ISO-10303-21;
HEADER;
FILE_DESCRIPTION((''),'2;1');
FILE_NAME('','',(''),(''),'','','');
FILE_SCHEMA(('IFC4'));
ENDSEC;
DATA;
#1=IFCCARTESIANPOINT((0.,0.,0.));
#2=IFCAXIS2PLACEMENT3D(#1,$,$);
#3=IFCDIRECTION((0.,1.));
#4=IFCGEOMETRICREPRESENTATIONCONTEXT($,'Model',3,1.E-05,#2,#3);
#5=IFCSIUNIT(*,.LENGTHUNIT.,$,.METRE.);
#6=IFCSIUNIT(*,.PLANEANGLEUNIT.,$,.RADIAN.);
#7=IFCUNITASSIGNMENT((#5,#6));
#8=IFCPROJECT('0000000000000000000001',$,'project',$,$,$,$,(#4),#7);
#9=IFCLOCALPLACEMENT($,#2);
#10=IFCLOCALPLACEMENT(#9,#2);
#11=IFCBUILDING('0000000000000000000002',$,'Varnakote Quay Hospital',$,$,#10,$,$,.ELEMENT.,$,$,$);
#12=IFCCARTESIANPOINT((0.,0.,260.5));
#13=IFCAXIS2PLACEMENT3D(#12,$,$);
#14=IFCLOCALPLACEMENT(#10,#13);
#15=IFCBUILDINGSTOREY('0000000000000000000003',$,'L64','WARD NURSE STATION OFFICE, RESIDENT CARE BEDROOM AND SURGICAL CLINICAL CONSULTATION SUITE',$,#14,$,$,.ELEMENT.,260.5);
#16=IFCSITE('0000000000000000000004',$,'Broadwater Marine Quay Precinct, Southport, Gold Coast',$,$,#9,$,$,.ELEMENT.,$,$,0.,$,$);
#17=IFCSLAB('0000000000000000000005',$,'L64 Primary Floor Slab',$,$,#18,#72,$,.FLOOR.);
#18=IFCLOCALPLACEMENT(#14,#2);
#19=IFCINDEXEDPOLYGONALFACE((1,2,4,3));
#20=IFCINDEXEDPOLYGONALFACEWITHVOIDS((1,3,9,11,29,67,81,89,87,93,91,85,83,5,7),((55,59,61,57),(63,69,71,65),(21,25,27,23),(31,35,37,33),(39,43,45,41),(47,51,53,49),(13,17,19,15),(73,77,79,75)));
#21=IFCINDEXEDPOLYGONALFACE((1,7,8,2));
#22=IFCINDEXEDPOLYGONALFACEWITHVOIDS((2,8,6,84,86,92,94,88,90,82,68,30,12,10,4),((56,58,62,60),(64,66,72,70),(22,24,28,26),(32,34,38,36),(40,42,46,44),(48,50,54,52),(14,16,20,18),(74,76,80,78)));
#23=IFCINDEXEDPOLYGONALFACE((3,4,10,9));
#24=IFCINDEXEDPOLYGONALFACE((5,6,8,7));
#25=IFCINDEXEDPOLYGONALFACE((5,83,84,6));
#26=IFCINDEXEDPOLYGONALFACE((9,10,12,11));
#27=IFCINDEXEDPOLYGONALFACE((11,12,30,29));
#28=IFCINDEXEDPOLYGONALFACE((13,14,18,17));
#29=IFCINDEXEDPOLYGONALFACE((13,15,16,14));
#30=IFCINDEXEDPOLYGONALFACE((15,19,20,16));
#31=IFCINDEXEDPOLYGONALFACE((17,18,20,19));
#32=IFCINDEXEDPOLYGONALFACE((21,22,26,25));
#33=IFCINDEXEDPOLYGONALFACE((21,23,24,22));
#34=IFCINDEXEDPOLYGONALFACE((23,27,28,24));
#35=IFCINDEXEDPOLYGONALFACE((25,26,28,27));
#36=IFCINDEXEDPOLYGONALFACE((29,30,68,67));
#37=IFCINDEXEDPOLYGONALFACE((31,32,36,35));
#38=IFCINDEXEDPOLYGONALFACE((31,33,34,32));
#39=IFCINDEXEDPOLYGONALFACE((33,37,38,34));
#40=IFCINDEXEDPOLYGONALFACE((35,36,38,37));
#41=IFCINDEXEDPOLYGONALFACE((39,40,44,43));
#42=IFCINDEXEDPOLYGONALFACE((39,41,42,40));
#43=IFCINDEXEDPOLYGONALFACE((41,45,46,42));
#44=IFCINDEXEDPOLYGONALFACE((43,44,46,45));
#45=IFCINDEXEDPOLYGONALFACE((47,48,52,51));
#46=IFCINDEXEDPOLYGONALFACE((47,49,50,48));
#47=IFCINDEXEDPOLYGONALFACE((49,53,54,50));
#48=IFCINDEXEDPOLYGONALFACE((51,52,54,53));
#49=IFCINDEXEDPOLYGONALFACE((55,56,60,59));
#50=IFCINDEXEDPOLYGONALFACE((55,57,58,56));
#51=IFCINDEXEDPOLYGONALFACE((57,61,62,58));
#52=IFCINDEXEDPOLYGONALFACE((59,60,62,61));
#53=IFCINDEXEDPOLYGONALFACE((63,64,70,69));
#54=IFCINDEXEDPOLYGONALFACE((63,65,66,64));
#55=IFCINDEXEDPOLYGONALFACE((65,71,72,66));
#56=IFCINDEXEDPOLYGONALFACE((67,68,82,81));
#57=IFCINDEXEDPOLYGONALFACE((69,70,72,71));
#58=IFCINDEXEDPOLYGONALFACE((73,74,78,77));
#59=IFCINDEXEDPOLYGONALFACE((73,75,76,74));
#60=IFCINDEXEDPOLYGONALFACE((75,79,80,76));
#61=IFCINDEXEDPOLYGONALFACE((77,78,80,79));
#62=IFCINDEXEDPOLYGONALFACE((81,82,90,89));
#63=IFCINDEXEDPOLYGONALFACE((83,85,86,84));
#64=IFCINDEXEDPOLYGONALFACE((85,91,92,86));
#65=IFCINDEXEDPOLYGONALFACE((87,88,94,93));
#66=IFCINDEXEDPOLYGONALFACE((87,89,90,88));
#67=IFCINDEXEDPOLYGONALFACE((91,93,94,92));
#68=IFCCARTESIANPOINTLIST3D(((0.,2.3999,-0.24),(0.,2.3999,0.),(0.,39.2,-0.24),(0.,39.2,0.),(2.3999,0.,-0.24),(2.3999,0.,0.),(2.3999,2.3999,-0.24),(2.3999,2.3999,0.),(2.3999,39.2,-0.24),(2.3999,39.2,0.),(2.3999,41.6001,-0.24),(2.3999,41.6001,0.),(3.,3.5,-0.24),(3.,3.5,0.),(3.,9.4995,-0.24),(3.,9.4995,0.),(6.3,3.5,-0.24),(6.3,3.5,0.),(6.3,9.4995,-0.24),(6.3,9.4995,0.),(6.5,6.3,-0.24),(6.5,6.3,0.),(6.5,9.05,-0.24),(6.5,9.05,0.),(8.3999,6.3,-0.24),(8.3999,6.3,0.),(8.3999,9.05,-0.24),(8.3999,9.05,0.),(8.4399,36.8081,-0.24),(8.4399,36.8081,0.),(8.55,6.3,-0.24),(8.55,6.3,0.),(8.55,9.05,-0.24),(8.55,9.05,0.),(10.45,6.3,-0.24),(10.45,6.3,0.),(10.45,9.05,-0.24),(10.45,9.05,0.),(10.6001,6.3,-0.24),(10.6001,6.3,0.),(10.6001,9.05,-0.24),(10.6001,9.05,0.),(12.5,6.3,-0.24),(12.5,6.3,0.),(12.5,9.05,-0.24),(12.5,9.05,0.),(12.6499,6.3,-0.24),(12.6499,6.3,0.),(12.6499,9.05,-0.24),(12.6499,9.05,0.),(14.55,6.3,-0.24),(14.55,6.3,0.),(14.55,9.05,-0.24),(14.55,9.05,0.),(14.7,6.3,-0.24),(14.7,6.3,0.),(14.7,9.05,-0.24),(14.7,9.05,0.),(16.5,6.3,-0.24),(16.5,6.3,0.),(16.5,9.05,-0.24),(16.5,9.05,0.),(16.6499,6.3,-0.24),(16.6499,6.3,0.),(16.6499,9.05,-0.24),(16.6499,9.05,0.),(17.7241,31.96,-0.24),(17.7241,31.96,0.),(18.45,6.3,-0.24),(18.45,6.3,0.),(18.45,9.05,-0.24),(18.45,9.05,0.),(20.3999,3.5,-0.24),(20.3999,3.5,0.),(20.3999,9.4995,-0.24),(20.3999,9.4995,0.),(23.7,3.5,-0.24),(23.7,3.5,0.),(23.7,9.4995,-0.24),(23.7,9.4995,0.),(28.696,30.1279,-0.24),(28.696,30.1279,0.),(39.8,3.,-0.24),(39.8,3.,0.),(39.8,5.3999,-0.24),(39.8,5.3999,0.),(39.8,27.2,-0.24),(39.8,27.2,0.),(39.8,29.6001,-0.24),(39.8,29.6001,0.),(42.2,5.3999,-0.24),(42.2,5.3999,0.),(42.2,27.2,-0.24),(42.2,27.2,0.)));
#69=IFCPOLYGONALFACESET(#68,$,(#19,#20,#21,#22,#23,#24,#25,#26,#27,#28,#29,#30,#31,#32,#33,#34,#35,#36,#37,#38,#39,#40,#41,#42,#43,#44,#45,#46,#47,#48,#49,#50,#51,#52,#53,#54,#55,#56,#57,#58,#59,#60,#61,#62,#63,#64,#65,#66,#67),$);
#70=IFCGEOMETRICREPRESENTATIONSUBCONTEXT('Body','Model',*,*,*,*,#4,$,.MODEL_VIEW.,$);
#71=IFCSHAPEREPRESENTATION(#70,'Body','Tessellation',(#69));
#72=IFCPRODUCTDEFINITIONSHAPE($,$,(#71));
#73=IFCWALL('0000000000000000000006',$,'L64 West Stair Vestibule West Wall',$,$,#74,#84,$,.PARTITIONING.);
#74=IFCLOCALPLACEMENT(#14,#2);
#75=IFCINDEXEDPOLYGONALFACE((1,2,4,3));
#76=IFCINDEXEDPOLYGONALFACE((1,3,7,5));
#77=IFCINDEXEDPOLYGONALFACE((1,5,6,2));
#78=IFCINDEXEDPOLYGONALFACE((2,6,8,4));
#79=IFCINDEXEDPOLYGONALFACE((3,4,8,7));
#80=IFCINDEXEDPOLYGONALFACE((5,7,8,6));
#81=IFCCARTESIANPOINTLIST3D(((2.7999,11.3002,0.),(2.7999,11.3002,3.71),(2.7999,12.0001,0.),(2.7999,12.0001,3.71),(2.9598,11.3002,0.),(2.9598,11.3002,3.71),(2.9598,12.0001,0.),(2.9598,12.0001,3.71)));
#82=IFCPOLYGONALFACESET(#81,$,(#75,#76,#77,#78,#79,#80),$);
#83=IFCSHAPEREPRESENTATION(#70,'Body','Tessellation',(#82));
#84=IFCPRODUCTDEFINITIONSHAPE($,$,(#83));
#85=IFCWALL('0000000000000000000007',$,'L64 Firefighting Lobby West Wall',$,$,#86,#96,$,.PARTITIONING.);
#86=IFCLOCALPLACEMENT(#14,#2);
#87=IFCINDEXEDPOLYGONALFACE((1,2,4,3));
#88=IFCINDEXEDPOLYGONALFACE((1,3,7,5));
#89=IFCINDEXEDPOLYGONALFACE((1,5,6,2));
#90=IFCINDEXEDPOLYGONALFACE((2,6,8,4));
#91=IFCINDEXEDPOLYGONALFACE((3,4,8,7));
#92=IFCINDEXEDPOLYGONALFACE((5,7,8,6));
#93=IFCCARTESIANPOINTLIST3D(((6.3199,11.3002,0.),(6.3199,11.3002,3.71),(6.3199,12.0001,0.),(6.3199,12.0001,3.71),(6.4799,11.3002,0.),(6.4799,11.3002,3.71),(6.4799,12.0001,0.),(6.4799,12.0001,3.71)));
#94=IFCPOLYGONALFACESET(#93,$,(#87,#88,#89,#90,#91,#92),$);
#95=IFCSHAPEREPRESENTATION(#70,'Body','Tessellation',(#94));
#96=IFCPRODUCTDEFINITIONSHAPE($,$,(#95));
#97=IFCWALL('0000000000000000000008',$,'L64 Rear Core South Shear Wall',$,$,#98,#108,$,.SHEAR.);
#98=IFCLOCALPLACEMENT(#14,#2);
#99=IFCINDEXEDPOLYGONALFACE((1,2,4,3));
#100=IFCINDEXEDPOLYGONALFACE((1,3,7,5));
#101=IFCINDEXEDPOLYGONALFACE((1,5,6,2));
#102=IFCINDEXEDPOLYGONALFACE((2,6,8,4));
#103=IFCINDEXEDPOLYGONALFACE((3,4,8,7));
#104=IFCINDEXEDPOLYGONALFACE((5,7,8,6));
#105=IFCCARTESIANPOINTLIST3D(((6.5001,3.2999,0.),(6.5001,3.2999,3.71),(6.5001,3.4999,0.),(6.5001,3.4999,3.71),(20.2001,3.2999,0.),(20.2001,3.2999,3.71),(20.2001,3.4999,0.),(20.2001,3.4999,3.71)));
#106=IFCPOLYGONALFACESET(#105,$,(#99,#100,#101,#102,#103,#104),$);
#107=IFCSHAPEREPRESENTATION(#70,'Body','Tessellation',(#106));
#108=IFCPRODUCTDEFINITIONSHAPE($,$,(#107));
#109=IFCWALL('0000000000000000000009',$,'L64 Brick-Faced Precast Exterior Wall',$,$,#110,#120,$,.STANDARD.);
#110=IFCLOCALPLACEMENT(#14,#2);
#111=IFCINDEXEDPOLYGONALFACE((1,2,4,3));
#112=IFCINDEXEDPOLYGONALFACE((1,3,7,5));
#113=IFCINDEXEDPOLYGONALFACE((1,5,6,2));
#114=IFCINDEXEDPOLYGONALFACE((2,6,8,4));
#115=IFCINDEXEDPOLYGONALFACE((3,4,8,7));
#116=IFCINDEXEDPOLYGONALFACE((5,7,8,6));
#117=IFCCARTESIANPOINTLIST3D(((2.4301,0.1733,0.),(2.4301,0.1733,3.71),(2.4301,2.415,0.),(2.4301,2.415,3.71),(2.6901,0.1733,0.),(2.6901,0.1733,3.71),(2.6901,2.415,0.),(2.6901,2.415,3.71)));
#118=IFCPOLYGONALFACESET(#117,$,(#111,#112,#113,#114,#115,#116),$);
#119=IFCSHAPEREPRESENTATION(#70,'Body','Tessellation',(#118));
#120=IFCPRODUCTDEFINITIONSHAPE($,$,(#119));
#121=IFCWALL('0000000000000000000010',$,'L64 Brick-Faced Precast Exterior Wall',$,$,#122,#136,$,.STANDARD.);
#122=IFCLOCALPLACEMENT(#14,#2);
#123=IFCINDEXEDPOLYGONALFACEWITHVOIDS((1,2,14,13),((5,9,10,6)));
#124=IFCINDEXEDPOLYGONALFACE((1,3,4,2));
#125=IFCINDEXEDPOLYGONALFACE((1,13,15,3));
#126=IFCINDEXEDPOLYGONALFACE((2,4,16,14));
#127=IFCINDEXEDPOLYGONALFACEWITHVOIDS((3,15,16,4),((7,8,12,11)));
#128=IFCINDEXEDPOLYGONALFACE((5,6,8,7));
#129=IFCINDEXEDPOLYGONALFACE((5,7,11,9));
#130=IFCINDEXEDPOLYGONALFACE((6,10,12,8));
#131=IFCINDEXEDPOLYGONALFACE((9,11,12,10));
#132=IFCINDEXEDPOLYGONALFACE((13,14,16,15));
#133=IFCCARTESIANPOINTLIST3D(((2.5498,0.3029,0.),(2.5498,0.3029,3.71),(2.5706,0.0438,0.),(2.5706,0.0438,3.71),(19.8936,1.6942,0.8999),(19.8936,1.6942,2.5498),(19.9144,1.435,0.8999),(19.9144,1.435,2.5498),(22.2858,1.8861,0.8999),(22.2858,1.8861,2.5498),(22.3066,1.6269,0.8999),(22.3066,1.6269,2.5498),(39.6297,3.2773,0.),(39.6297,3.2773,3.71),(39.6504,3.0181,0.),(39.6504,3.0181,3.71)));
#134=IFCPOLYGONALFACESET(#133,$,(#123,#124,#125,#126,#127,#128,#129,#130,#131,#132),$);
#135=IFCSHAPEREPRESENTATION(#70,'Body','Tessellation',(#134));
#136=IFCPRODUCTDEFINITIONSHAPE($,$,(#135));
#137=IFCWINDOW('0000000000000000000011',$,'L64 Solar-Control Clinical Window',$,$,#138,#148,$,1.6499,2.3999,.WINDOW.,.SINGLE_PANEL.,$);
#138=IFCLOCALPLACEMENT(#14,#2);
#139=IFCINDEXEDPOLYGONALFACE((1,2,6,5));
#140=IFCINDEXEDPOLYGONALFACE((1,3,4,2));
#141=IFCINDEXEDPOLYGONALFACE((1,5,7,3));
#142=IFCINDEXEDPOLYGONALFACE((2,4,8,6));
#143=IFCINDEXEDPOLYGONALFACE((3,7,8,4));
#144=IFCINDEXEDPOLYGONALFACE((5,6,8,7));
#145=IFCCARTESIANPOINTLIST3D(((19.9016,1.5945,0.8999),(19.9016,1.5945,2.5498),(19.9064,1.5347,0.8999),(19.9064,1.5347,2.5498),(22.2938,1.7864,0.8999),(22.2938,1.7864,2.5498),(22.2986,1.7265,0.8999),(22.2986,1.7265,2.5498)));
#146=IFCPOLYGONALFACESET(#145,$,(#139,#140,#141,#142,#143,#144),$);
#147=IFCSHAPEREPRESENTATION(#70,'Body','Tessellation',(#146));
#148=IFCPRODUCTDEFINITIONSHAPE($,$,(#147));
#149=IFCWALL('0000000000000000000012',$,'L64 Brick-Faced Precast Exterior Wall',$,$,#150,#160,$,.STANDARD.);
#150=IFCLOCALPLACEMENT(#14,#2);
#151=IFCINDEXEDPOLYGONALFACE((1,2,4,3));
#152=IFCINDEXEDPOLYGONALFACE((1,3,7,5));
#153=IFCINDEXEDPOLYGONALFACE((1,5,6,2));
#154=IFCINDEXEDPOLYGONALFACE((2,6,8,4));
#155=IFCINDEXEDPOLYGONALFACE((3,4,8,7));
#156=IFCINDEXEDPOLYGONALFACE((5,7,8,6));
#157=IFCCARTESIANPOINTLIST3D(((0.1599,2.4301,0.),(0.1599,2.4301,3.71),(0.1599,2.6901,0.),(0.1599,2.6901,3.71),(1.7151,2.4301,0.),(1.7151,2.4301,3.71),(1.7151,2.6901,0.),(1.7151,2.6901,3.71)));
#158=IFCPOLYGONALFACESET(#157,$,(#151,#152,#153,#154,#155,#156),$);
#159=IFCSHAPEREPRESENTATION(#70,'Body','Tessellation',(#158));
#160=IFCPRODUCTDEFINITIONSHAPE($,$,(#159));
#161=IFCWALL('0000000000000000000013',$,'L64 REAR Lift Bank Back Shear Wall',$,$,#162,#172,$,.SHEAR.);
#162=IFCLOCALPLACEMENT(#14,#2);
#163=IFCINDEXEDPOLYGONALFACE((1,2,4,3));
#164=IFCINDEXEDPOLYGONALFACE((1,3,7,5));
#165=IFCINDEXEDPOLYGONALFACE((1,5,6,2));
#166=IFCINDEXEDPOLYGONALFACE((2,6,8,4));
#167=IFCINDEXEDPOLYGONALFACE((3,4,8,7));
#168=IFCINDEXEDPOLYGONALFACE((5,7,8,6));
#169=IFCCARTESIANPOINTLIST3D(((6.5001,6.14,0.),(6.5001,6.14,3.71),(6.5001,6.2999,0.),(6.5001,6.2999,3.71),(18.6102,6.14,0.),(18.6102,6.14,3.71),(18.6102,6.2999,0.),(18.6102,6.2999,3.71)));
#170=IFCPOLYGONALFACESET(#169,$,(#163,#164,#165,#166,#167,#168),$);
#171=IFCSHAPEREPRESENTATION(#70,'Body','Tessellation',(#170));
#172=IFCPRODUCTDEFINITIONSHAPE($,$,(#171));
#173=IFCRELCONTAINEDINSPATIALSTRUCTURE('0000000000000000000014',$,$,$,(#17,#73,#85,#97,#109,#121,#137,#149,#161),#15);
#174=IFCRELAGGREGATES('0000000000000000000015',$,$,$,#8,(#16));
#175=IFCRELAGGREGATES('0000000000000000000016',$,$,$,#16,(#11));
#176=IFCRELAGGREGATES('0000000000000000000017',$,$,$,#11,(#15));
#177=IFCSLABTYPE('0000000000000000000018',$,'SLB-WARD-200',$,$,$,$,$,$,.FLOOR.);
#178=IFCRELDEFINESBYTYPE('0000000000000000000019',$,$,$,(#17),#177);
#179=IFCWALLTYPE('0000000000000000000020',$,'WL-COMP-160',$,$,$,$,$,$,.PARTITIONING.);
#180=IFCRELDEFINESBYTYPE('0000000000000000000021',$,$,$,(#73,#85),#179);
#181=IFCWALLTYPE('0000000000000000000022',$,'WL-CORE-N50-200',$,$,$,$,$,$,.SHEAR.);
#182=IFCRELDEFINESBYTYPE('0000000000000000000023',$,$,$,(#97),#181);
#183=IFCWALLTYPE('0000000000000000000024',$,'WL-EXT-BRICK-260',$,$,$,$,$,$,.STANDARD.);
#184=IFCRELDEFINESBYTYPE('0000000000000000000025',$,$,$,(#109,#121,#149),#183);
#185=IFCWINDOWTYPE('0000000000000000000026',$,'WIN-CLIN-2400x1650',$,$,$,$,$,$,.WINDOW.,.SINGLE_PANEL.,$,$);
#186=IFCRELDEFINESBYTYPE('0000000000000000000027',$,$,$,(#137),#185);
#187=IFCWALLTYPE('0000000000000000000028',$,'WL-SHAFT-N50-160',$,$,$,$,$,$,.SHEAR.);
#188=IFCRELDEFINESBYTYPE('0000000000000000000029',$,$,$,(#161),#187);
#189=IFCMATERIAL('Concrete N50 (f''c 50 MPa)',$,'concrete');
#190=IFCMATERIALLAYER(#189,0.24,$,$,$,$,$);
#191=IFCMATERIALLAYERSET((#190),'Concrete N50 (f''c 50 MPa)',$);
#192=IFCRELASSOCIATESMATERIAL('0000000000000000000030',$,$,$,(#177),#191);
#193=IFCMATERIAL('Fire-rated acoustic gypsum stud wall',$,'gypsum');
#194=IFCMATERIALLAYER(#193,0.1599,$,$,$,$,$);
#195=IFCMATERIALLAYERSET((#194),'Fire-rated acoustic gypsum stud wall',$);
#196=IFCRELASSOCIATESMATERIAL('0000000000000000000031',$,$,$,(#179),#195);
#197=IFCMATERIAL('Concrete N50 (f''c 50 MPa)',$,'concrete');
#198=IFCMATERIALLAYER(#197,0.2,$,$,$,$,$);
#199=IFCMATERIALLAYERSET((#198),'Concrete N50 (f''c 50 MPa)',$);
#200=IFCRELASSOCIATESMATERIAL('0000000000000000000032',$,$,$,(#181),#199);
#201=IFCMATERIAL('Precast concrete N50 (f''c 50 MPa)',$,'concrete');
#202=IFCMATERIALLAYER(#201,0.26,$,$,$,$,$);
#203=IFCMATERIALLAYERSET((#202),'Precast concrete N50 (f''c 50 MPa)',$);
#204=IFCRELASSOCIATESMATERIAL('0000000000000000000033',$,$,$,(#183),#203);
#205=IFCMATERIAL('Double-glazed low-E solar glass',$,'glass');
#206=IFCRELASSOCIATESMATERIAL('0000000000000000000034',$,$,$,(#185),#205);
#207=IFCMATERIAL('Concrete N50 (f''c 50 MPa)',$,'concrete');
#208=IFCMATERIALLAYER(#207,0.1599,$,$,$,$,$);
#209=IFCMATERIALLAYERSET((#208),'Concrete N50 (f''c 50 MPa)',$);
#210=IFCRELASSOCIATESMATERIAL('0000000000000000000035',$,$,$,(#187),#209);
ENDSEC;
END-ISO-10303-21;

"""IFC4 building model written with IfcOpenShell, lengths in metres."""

from ifc_helpers import new_model, si_unit, direction, frame, frame_2d, origin, place, context, subcontext, project, spatial, polyline, rectangle, outline, extrude, material, layer, layer_set, type_object, element, fill, save


model = new_model("IFC4")

# Units and contexts
model_context = context("Model", 3, precision=1e-05, world=origin(), true_north=direction((0.0, 1.0)))
body_context = subcontext(model_context, "Body", "Model", "MODEL_VIEW")
ifc_project = project(units=[si_unit("LENGTHUNIT", "METRE"), si_unit("PLANEANGLEUNIT", "RADIAN")], contexts=[model_context])

# Site, building, storey
site_placement = place(None, origin())
site = spatial("IfcSite", under=ifc_project, at=site_placement, Name="Broadwater Marine Quay Precinct, Southport, Gold Coast", CompositionType="ELEMENT", RefElevation=0.0)
building_placement = place(site_placement, origin())
building = spatial("IfcBuilding", under=site, at=building_placement, Name="Varnakote Quay Hospital", CompositionType="ELEMENT")
storey_placement = place(building_placement, frame((0.0, 0.0, 260.5)))
storey = spatial("IfcBuildingStorey", under=building, at=storey_placement, Name="L64", Description="WARD NURSE STATION OFFICE, RESIDENT CARE BEDROOM AND SURGICAL CLINICAL CONSULTATION SUITE", CompositionType="ELEMENT", Elevation=260.5)

# Slab
ifc_material_1 = material(Name="Concrete N50 (f'c 50 MPa)", Category="concrete")
ifc_layer_1 = layer(ifc_material_1, 0.24)
ifc_layer_set_1 = layer_set([ifc_layer_1], Name="Concrete N50 (f'c 50 MPa)")
slab_type_1 = type_object("IfcSlabType", Name="SLB-WARD-200", PredefinedType="FLOOR", material=ifc_layer_set_1)
slab_1_placement = place(storey_placement, frame((0.0, 0.0, -0.24)))
element("IfcSlab", 1, at=slab_1_placement, inside=storey, type_object=slab_type_1, Name="L64 Primary Floor Slab", PredefinedType="FLOOR", context=body_context, shape_type="SweptSolid", body=[
    extrude(outline(polyline([(0.0, 2.3999), (2.3999, 2.3999), (2.3999, 0.0), (39.8, 3.0), (39.8, 5.3999), (42.2, 5.3999), (42.2, 27.2), (39.8, 27.2), (39.8, 29.6001), (28.696, 30.1279), (17.7241, 31.96), (8.4399, 36.8081), (2.3999, 41.6001), (2.3999, 39.2), (0.0, 39.2), (0.0, 2.3999)]), holes=[polyline([(3.0, 3.5), (6.3, 3.5), (6.3, 9.4995), (3.0, 9.4995), (3.0, 3.5)]), polyline([(20.3999, 3.5), (23.7, 3.5), (23.7, 9.4995), (20.3999, 9.4995), (20.3999, 3.5)]), polyline([(6.5, 6.3), (8.3999, 6.3), (8.3999, 9.05), (6.5, 9.05), (6.5, 6.3)]), polyline([(8.55, 6.3), (10.45, 6.3), (10.45, 9.05), (8.55, 9.05), (8.55, 6.3)]), polyline([(10.6001, 6.3), (12.5, 6.3), (12.5, 9.05), (10.6001, 9.05), (10.6001, 6.3)]), polyline([(12.6499, 6.3), (14.55, 6.3), (14.55, 9.05), (12.6499, 9.05), (12.6499, 6.3)]), polyline([(14.7, 6.3), (16.5, 6.3), (16.5, 9.05), (14.7, 9.05), (14.7, 6.3)]), polyline([(16.6499, 6.3), (18.45, 6.3), (18.45, 9.05), (16.6499, 9.05), (16.6499, 6.3)])]), origin(), (0.0, 0.0, 1.0), 0.24),
])

# Walls
ifc_material_2 = material(Name="Fire-rated acoustic gypsum stud wall", Category="gypsum")
ifc_layer_2 = layer(ifc_material_2, 0.1599)
ifc_layer_set_2 = layer_set([ifc_layer_2], Name="Fire-rated acoustic gypsum stud wall")
wall_type_1 = type_object("IfcWallType", Name="WL-COMP-160", PredefinedType="PARTITIONING", material=ifc_layer_set_2)
for number, where, z_axis, x_axis, name in (
    (2, (2.8799, 11.3, 0.0), (0.0, 0.0, 1.0), (0.0, 1.0, 0.0), "L64 West Stair Vestibule West Wall"),
    (3, (6.3999, 11.3, 0.0), (0.0, 0.0, 1.0), (0.0, 1.0, 0.0), "L64 Firefighting Lobby West Wall"),
):
    element("IfcWall", number, at=place(storey_placement, frame(where, z_axis=z_axis, x_axis=x_axis)), inside=storey, type_object=wall_type_1, Name=name, PredefinedType="PARTITIONING", context=body_context, shape_type="SweptSolid", body=[
        extrude(rectangle(XDim=0.7, YDim=0.1599, at=frame_2d((0.3501, 0.0))), origin(), (0.0, 0.0, 1.0), 3.71),
    ])
ifc_material_3 = material(Name="Concrete N50 (f'c 50 MPa)", Category="concrete")
ifc_layer_3 = layer(ifc_material_3, 0.2)
ifc_layer_set_3 = layer_set([ifc_layer_3], Name="Concrete N50 (f'c 50 MPa)")
wall_type_2 = type_object("IfcWallType", Name="WL-CORE-N50-200", PredefinedType="SHEAR", material=ifc_layer_set_3)
wall_1_placement = place(storey_placement, frame((6.5, 3.3999, 0.0), z_axis=(0.0, 0.0, 1.0), x_axis=(1.0, 0.0, 0.0)))
element("IfcWall", 4, at=wall_1_placement, inside=storey, type_object=wall_type_2, Name="L64 Rear Core South Shear Wall", PredefinedType="SHEAR", context=body_context, shape_type="SweptSolid", body=[
    extrude(rectangle(XDim=13.7, YDim=0.2, at=frame_2d((6.8501, 0.0))), origin(), (0.0, 0.0, 1.0), 3.71),
])
ifc_material_4 = material(Name="Precast concrete N50 (f'c 50 MPa)", Category="concrete")
ifc_layer_4 = layer(ifc_material_4, 0.26)
ifc_layer_set_4 = layer_set([ifc_layer_4], Name="Precast concrete N50 (f'c 50 MPa)")
wall_type_3 = type_object("IfcWallType", Name="WL-EXT-BRICK-260", PredefinedType="STANDARD", material=ifc_layer_set_4)
wall_2_placement = place(storey_placement, frame((2.5601, 2.415, 0.0), z_axis=(0.0, 0.0, 1.0), x_axis=(0.0, -1.0, 0.0)))
element("IfcWall", 5, at=wall_2_placement, inside=storey, type_object=wall_type_3, Name="L64 Brick-Faced Precast Exterior Wall", PredefinedType="STANDARD", context=body_context, shape_type="SweptSolid", body=[
    extrude(rectangle(XDim=2.2417, YDim=0.26, at=frame_2d((1.1208, 0.0))), origin(), (0.0, 0.0, 1.0), 3.71),
])

# Wall, opening, window
wall_3_placement = place(storey_placement, frame((2.5601, 0.1733, 0.0), z_axis=(0.0, 0.0, 1.0), x_axis=(0.996798, 0.079958, 0.0)))
wall_3 = element("IfcWall", 6, at=wall_3_placement, inside=storey, type_object=wall_type_3, Name="L64 Brick-Faced Precast Exterior Wall", PredefinedType="STANDARD", context=body_context, shape_type="SweptSolid", body=[
    extrude(rectangle(XDim=37.199, YDim=0.26, at=frame_2d((18.5996, 0.0))), origin(), (0.0, 0.0, 1.0), 3.71),
])
opening_1_placement = place(wall_3_placement, frame((17.3997, 0.0, 0.8999)))
opening_1 = element("IfcOpeningElement", 7, at=opening_1_placement, cuts=wall_3, PredefinedType="OPENING", context=body_context, shape_type="SweptSolid", body=[
    extrude(rectangle(XDim=2.3999, YDim=1.6499, at=frame_2d((1.2, 0.825))), frame((0.0, 0.1399, 0.0), z_axis=(0.0, -1.0, 0.0), x_axis=(1.0, 0.0, 0.0)), (0.0, 0.0, 1.0), 0.28),
])
ifc_material_5 = material(Name="Double-glazed low-E solar glass", Category="glass")
window_type = type_object("IfcWindowType", Name="WIN-CLIN-2400x1650", PartitioningType="SINGLE_PANEL", PredefinedType="WINDOW", material=ifc_material_5)
window_placement = place(opening_1_placement, origin())
window = element("IfcWindow", 8, at=window_placement, inside=storey, type_object=window_type, Name="L64 Solar-Control Clinical Window", OverallHeight=1.6499, OverallWidth=2.3999, PartitioningType="SINGLE_PANEL", PredefinedType="WINDOW", context=body_context, shape_type="SweptSolid", body=[
    extrude(rectangle(XDim=2.3999, YDim=1.6499, at=frame_2d((1.2, 0.825))), frame((0.0, 0.03, 0.0), z_axis=(0.0, -1.0, 0.0), x_axis=(1.0, 0.0, 0.0)), (0.0, 0.0, 1.0), 0.0601),
])
fill(opening_1, window)

# Walls
wall_4_placement = place(storey_placement, frame((0.1599, 2.5601, 0.0), z_axis=(0.0, 0.0, 1.0), x_axis=(1.0, 0.0, 0.0)))
element("IfcWall", 9, at=wall_4_placement, inside=storey, type_object=wall_type_3, Name="L64 Brick-Faced Precast Exterior Wall", PredefinedType="STANDARD", context=body_context, shape_type="SweptSolid", body=[
    extrude(rectangle(XDim=1.5552, YDim=0.26, at=frame_2d((0.7776, 0.0))), origin(), (0.0, 0.0, 1.0), 3.71),
])
ifc_material_6 = material(Name="Concrete N50 (f'c 50 MPa)", Category="concrete")
ifc_layer_5 = layer(ifc_material_6, 0.1599)
ifc_layer_set_5 = layer_set([ifc_layer_5], Name="Concrete N50 (f'c 50 MPa)")
wall_type_4 = type_object("IfcWallType", Name="WL-SHAFT-N50-160", PredefinedType="SHEAR", material=ifc_layer_set_5)
wall_5_placement = place(storey_placement, frame((6.5, 6.22, 0.0), z_axis=(0.0, 0.0, 1.0), x_axis=(1.0, 0.0, 0.0)))
element("IfcWall", 10, at=wall_5_placement, inside=storey, type_object=wall_type_4, Name="L64 REAR Lift Bank Back Shear Wall", PredefinedType="SHEAR", context=body_context, shape_type="SweptSolid", body=[
    extrude(rectangle(XDim=12.1101, YDim=0.1599, at=frame_2d((6.0552, 0.0))), origin(), (0.0, 0.0, 1.0), 3.71),
])

save(model, "model.ifc")
